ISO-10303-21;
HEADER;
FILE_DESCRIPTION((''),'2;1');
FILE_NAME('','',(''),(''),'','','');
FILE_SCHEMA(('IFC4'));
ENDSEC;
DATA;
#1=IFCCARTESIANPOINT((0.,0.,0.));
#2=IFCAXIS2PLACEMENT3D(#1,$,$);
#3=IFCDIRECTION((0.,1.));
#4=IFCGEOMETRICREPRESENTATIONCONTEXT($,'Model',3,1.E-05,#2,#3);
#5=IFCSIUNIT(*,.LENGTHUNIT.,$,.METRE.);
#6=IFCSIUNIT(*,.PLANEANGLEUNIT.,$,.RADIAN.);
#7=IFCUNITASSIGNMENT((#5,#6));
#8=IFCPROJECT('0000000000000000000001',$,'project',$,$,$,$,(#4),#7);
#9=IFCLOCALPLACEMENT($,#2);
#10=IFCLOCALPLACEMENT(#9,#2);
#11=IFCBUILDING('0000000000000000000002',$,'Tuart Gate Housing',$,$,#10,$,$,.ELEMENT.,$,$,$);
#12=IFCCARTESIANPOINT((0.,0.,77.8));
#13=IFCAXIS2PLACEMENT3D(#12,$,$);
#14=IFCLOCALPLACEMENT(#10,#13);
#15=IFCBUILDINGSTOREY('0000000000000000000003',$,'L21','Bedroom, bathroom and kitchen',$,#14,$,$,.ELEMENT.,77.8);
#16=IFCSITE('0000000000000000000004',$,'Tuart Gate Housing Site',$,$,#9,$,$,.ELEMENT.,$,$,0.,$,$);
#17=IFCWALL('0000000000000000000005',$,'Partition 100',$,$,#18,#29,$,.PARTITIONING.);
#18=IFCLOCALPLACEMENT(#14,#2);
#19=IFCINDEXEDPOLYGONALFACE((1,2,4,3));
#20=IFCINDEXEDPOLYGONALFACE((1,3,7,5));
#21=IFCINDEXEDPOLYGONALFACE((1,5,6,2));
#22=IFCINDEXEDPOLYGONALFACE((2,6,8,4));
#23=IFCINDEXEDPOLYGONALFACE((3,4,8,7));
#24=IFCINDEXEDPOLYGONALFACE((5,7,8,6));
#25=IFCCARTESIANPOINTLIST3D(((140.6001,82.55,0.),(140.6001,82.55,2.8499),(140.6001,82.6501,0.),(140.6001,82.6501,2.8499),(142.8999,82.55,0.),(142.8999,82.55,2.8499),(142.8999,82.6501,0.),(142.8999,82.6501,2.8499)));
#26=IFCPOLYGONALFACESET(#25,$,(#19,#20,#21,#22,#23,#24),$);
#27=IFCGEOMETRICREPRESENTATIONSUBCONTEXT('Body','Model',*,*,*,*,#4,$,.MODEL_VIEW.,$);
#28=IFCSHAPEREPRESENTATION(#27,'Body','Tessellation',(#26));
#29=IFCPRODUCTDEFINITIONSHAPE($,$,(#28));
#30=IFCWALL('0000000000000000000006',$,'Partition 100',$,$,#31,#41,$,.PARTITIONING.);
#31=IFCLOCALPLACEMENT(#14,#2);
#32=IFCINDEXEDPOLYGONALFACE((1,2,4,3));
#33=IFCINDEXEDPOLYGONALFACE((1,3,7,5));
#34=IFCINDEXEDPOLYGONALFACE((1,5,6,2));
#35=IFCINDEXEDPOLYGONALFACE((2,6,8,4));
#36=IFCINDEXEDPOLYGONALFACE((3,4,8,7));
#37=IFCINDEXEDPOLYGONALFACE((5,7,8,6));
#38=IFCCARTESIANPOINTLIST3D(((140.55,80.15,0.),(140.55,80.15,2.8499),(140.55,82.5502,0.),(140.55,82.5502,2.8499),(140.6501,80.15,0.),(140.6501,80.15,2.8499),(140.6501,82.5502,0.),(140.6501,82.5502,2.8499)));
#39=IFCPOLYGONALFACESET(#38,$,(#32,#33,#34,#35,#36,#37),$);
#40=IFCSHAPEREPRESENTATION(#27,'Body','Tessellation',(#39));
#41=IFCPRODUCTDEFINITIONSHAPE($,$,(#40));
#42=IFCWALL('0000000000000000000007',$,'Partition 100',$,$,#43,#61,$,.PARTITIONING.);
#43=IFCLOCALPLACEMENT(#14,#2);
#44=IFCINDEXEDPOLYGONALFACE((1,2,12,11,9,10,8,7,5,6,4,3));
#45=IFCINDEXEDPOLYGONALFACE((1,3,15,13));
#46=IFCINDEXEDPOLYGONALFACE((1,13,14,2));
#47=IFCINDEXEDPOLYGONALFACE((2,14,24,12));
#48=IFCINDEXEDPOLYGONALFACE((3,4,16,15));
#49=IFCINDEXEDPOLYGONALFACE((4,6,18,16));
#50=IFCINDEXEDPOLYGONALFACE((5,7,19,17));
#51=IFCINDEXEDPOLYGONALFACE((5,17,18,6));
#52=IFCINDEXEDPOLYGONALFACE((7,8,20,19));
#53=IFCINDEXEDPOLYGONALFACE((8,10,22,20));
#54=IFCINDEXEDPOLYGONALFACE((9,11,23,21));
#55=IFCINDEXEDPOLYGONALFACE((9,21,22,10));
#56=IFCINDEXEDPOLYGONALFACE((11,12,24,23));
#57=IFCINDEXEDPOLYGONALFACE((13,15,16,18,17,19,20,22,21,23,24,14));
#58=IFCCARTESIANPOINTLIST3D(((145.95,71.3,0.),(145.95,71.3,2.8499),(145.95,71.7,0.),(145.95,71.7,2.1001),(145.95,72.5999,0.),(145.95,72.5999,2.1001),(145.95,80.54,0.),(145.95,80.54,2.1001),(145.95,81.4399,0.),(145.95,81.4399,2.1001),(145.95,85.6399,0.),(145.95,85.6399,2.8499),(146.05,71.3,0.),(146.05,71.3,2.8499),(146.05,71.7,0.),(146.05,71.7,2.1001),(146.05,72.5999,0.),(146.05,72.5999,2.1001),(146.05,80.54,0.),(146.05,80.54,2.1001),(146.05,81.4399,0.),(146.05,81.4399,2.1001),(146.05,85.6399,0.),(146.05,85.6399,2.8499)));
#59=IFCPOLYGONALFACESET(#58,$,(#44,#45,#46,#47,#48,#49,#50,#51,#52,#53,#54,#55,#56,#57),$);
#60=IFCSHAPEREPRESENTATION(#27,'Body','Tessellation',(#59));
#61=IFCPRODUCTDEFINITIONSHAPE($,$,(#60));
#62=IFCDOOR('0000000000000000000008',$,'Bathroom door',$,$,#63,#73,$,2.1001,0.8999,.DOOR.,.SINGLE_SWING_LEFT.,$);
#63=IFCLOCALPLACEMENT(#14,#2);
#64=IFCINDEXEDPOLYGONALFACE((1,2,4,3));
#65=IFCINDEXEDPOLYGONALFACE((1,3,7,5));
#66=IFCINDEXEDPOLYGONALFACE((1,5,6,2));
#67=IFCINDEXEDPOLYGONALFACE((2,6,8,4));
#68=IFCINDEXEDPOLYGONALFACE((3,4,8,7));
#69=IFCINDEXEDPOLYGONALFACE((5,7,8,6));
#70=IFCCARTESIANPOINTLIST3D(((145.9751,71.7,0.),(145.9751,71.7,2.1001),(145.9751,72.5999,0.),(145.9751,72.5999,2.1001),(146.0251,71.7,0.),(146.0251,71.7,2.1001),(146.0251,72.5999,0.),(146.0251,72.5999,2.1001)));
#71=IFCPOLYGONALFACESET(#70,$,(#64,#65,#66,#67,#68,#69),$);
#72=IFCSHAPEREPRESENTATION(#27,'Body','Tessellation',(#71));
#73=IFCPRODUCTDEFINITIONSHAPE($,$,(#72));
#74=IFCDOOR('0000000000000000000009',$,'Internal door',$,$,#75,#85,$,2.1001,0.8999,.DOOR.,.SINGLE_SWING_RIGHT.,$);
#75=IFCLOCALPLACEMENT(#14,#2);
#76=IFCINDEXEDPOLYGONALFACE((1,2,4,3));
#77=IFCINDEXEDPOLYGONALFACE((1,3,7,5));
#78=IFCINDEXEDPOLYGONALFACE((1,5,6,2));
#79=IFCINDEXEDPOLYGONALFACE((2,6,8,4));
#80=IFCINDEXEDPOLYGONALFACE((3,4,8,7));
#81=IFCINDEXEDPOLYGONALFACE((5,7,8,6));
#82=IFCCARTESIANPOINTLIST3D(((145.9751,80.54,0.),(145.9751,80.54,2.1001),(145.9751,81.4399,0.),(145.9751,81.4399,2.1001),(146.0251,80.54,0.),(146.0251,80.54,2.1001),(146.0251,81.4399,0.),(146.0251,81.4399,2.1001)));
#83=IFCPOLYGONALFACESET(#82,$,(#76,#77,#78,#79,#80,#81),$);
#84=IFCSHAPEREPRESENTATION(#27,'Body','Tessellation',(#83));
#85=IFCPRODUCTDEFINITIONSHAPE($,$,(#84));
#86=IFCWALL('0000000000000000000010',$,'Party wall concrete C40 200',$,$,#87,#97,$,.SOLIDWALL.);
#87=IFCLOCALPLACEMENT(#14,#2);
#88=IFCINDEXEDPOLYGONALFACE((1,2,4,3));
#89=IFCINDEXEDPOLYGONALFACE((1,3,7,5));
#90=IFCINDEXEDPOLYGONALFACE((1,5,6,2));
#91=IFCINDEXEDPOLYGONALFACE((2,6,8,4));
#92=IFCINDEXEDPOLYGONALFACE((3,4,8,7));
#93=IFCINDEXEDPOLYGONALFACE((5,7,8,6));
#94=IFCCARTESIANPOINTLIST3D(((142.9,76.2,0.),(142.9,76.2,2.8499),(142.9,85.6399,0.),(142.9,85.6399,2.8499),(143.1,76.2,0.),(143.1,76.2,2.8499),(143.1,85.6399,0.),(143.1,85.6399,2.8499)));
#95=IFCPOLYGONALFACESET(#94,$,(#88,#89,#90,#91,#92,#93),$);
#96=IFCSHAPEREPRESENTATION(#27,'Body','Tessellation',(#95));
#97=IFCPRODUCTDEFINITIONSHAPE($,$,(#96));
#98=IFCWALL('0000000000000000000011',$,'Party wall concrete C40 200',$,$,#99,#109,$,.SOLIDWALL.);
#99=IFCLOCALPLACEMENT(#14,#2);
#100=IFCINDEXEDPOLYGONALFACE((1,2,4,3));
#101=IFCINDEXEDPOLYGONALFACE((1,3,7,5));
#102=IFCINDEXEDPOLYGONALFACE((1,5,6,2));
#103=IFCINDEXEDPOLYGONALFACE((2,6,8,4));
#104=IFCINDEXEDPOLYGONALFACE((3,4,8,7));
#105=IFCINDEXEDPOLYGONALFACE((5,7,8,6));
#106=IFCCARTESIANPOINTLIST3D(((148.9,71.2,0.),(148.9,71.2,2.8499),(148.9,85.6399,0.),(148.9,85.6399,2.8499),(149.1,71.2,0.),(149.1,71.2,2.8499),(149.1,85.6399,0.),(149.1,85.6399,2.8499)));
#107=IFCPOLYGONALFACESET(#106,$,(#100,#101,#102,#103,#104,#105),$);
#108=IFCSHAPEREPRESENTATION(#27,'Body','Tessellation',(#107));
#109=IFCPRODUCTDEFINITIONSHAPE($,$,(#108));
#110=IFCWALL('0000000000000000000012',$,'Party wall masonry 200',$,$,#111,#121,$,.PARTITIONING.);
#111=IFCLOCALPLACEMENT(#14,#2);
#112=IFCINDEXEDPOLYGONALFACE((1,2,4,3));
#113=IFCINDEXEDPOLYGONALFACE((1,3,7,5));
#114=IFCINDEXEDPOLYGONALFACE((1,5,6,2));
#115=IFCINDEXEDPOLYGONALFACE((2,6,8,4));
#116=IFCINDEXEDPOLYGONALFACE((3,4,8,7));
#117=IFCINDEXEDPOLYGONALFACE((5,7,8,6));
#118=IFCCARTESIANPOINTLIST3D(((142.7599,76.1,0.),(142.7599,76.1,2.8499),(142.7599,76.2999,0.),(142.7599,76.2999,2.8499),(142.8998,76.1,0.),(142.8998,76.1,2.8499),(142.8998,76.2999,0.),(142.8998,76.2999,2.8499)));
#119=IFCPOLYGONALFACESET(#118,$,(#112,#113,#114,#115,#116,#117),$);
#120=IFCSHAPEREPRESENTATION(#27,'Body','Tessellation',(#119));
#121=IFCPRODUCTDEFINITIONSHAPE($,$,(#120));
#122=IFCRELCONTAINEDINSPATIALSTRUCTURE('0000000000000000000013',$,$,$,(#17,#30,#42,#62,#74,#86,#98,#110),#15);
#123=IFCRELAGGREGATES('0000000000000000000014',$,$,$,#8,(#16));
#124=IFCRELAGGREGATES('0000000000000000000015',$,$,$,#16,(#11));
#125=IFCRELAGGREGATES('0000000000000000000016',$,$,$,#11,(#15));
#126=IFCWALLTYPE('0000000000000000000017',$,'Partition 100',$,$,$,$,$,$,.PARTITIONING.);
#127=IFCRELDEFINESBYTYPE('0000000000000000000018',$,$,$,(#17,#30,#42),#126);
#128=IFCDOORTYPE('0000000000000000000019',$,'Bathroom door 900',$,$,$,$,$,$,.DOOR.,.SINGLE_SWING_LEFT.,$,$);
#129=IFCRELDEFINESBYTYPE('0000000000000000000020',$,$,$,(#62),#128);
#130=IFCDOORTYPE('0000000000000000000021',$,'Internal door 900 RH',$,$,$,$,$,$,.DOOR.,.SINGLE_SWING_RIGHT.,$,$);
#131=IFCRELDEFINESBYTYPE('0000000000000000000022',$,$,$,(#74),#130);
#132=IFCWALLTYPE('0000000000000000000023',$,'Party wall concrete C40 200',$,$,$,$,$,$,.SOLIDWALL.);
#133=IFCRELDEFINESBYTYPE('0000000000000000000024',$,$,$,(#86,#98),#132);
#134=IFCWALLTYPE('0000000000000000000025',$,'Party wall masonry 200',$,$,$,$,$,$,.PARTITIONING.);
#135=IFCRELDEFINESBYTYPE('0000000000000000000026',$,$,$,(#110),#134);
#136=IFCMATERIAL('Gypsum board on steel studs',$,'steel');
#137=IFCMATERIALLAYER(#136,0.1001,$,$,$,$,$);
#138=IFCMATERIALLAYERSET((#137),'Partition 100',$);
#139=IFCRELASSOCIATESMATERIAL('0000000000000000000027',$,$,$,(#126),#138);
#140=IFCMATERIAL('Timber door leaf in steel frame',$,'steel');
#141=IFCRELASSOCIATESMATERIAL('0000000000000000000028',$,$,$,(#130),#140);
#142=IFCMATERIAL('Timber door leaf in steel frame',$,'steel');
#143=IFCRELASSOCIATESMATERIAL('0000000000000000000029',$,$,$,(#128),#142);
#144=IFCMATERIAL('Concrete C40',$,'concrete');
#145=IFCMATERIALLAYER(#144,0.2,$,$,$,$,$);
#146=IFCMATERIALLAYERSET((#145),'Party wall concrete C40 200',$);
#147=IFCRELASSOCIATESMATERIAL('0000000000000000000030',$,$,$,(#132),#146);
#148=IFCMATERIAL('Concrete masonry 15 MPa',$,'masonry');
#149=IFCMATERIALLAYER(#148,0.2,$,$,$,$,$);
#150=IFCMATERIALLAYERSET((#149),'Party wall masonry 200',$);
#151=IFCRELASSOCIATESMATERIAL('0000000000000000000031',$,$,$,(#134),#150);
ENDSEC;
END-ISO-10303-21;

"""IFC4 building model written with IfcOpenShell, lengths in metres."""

from ifc_helpers import new_model, si_unit, direction, frame, frame_2d, origin, place, context, subcontext, project, spatial, rectangle, extrude, material, layer, layer_set, type_object, element, fill, save


model = new_model("IFC4")

# Units and contexts
model_context = context("Model", 3, precision=1e-05, world=origin(), true_north=direction((0.0, 1.0)))
body_context = subcontext(model_context, "Body", "Model", "MODEL_VIEW")
ifc_project = project(units=[si_unit("LENGTHUNIT", "METRE"), si_unit("PLANEANGLEUNIT", "RADIAN")], contexts=[model_context])

# Site, building, storey
site_placement = place(None, origin())
site = spatial("IfcSite", under=ifc_project, at=site_placement, Name="Tuart Gate Housing Site", CompositionType="ELEMENT", RefElevation=0.0)
building_placement = place(site_placement, origin())
building = spatial("IfcBuilding", under=site, at=building_placement, Name="Tuart Gate Housing", CompositionType="ELEMENT")
storey_placement = place(building_placement, frame((0.0, 0.0, 77.8)))
storey = spatial("IfcBuildingStorey", under=building, at=storey_placement, Name="L21", Description="Bedroom, bathroom and kitchen", CompositionType="ELEMENT", Elevation=77.8)

# Shared definitions
ifc_material_1 = material(Name="Gypsum board on steel studs", Category="steel")
ifc_layer_1 = layer(ifc_material_1, 0.1001)
ifc_layer_set_1 = layer_set([ifc_layer_1], Name="Partition 100")
wall_type_1 = type_object("IfcWallType", Name="Partition 100", PredefinedType="PARTITIONING", material=ifc_layer_set_1)

# Shared definitions
ifc_material_2 = material(Name="Timber door leaf in steel frame", Category="steel")
door_type_1 = type_object("IfcDoorType", Name="Internal door 900 RH", OperationType="SINGLE_SWING_RIGHT", PredefinedType="DOOR", material=ifc_material_2)

# Walls
wall_1_placement = place(storey_placement, frame((140.6001, 82.6001, 0.0), z_axis=(0.0, 0.0, 1.0), x_axis=(1.0, 0.0, 0.0)))
element("IfcWall", 1, at=wall_1_placement, inside=storey, type_object=wall_type_1, Name="Partition 100", PredefinedType="PARTITIONING", context=body_context, shape_type="SweptSolid", body=[
    extrude(rectangle(XDim=2.2998, YDim=0.1001, at=frame_2d((1.1499, 0.0))), origin(), (0.0, 0.0, 1.0), 2.8499),
])
wall_2_placement = place(storey_placement, frame((140.6001, 80.1499, 0.0), z_axis=(0.0, 0.0, 1.0), x_axis=(0.0, 1.0, 0.0)))
element("IfcWall", 2, at=wall_2_placement, inside=storey, type_object=wall_type_1, Name="Partition 100", PredefinedType="PARTITIONING", context=body_context, shape_type="SweptSolid", body=[
    extrude(rectangle(XDim=2.4001, YDim=0.1001, at=frame_2d((1.2002, 0.0))), origin(), (0.0, 0.0, 1.0), 2.8499),
])

# Wall, openings, doors
wall_3_placement = place(storey_placement, frame((146.0, 71.3, 0.0), z_axis=(0.0, 0.0, 1.0), x_axis=(0.0, 1.0, 0.0)))
wall_3 = element("IfcWall", 3, at=wall_3_placement, inside=storey, type_object=wall_type_1, Name="Partition 100", PredefinedType="PARTITIONING", context=body_context, shape_type="SweptSolid", body=[
    extrude(rectangle(XDim=14.3398, YDim=0.1001, at=frame_2d((7.1699, 0.0))), origin(), (0.0, 0.0, 1.0), 2.8499),
])
opening_1_placement = place(wall_3_placement, frame((9.24, 0.0, 0.0)))
opening_1 = element("IfcOpeningElement", 4, at=opening_1_placement, cuts=wall_3, PredefinedType="OPENING", context=body_context, shape_type="SweptSolid", body=[
    extrude(rectangle(XDim=0.8999, YDim=2.1001, at=frame_2d((0.45, 1.05))), frame((0.0, 0.0601, 0.0), z_axis=(0.0, -1.0, 0.0), x_axis=(1.0, 0.0, 0.0)), (0.0, 0.0, 1.0), 0.1201),
])
opening_2_placement = place(wall_3_placement, frame((0.3999, 0.0, 0.0)))
opening_2 = element("IfcOpeningElement", 5, at=opening_2_placement, cuts=wall_3, PredefinedType="OPENING", context=body_context, shape_type="SweptSolid", body=[
    extrude(rectangle(XDim=0.8999, YDim=2.1001, at=frame_2d((0.45, 1.05))), frame((0.0, 0.0601, 0.0), z_axis=(0.0, -1.0, 0.0), x_axis=(1.0, 0.0, 0.0)), (0.0, 0.0, 1.0), 0.1201),
])
ifc_material_3 = material(Name="Timber door leaf in steel frame", Category="steel")
door_type_2 = type_object("IfcDoorType", Name="Bathroom door 900", OperationType="SINGLE_SWING_LEFT", PredefinedType="DOOR", material=ifc_material_3)
door_1_placement = place(opening_2_placement, origin())
door_1 = element("IfcDoor", 6, at=door_1_placement, inside=storey, type_object=door_type_2, Name="Bathroom door", OperationType="SINGLE_SWING_LEFT", OverallHeight=2.1001, OverallWidth=0.8999, PredefinedType="DOOR", context=body_context, shape_type="SweptSolid", body=[
    extrude(rectangle(XDim=0.8999, YDim=2.1001, at=frame_2d((0.45, 1.05))), frame((0.0, 0.0249, 0.0), z_axis=(0.0, -1.0, 0.0), x_axis=(1.0, 0.0, 0.0)), (0.0, 0.0, 1.0), 0.05),
])
fill(opening_2, door_1)
door_2_placement = place(opening_1_placement, origin())
door_2 = element("IfcDoor", 7, at=door_2_placement, inside=storey, type_object=door_type_1, Name="Internal door", OperationType="SINGLE_SWING_RIGHT", OverallHeight=2.1001, OverallWidth=0.8999, PredefinedType="DOOR", context=body_context, shape_type="SweptSolid", body=[
    extrude(rectangle(XDim=0.8999, YDim=2.1001, at=frame_2d((0.45, 1.05))), frame((0.0, 0.0249, 0.0), z_axis=(0.0, -1.0, 0.0), x_axis=(1.0, 0.0, 0.0)), (0.0, 0.0, 1.0), 0.05),
])
fill(opening_1, door_2)

# Walls
ifc_material_4 = material(Name="Concrete C40", Category="concrete")
ifc_layer_2 = layer(ifc_material_4, 0.2)
ifc_layer_set_2 = layer_set([ifc_layer_2], Name="Party wall concrete C40 200")
wall_type_2 = type_object("IfcWallType", Name="Party wall concrete C40 200", PredefinedType="SOLIDWALL", material=ifc_layer_set_2)
wall_4_placement = place(storey_placement, frame((143.0, 76.2, 0.0), z_axis=(0.0, 0.0, 1.0), x_axis=(0.0, 1.0, 0.0)))
element("IfcWall", 8, at=wall_4_placement, inside=storey, type_object=wall_type_2, Name="Party wall concrete C40 200", PredefinedType="SOLIDWALL", context=body_context, shape_type="SweptSolid", body=[
    extrude(rectangle(XDim=9.4399, YDim=0.2, at=frame_2d((4.72, 0.0))), origin(), (0.0, 0.0, 1.0), 2.8499),
])
wall_5_placement = place(storey_placement, frame((149.0, 71.2, 0.0), z_axis=(0.0, 0.0, 1.0), x_axis=(0.0, 1.0, 0.0)))
element("IfcWall", 9, at=wall_5_placement, inside=storey, type_object=wall_type_2, Name="Party wall concrete C40 200", PredefinedType="SOLIDWALL", context=body_context, shape_type="SweptSolid", body=[
    extrude(rectangle(XDim=14.4399, YDim=0.2, at=frame_2d((7.22, 0.0))), origin(), (0.0, 0.0, 1.0), 2.8499),
])
ifc_material_5 = material(Name="Concrete masonry 15 MPa", Category="masonry")
ifc_layer_3 = layer(ifc_material_5, 0.2)
ifc_layer_set_3 = layer_set([ifc_layer_3], Name="Party wall masonry 200")
wall_type_3 = type_object("IfcWallType", Name="Party wall masonry 200", PredefinedType="PARTITIONING", material=ifc_layer_set_3)
wall_6_placement = place(storey_placement, frame((142.76, 76.2, 0.0), z_axis=(0.0, 0.0, 1.0), x_axis=(1.0, 0.0, 0.0)))
element("IfcWall", 10, at=wall_6_placement, inside=storey, type_object=wall_type_3, Name="Party wall masonry 200", PredefinedType="PARTITIONING", context=body_context, shape_type="SweptSolid", body=[
    extrude(rectangle(XDim=0.1399, YDim=0.2, at=frame_2d((0.0698, 0.0))), origin(), (0.0, 0.0, 1.0), 2.8499),
])

save(model, "model.ifc")
